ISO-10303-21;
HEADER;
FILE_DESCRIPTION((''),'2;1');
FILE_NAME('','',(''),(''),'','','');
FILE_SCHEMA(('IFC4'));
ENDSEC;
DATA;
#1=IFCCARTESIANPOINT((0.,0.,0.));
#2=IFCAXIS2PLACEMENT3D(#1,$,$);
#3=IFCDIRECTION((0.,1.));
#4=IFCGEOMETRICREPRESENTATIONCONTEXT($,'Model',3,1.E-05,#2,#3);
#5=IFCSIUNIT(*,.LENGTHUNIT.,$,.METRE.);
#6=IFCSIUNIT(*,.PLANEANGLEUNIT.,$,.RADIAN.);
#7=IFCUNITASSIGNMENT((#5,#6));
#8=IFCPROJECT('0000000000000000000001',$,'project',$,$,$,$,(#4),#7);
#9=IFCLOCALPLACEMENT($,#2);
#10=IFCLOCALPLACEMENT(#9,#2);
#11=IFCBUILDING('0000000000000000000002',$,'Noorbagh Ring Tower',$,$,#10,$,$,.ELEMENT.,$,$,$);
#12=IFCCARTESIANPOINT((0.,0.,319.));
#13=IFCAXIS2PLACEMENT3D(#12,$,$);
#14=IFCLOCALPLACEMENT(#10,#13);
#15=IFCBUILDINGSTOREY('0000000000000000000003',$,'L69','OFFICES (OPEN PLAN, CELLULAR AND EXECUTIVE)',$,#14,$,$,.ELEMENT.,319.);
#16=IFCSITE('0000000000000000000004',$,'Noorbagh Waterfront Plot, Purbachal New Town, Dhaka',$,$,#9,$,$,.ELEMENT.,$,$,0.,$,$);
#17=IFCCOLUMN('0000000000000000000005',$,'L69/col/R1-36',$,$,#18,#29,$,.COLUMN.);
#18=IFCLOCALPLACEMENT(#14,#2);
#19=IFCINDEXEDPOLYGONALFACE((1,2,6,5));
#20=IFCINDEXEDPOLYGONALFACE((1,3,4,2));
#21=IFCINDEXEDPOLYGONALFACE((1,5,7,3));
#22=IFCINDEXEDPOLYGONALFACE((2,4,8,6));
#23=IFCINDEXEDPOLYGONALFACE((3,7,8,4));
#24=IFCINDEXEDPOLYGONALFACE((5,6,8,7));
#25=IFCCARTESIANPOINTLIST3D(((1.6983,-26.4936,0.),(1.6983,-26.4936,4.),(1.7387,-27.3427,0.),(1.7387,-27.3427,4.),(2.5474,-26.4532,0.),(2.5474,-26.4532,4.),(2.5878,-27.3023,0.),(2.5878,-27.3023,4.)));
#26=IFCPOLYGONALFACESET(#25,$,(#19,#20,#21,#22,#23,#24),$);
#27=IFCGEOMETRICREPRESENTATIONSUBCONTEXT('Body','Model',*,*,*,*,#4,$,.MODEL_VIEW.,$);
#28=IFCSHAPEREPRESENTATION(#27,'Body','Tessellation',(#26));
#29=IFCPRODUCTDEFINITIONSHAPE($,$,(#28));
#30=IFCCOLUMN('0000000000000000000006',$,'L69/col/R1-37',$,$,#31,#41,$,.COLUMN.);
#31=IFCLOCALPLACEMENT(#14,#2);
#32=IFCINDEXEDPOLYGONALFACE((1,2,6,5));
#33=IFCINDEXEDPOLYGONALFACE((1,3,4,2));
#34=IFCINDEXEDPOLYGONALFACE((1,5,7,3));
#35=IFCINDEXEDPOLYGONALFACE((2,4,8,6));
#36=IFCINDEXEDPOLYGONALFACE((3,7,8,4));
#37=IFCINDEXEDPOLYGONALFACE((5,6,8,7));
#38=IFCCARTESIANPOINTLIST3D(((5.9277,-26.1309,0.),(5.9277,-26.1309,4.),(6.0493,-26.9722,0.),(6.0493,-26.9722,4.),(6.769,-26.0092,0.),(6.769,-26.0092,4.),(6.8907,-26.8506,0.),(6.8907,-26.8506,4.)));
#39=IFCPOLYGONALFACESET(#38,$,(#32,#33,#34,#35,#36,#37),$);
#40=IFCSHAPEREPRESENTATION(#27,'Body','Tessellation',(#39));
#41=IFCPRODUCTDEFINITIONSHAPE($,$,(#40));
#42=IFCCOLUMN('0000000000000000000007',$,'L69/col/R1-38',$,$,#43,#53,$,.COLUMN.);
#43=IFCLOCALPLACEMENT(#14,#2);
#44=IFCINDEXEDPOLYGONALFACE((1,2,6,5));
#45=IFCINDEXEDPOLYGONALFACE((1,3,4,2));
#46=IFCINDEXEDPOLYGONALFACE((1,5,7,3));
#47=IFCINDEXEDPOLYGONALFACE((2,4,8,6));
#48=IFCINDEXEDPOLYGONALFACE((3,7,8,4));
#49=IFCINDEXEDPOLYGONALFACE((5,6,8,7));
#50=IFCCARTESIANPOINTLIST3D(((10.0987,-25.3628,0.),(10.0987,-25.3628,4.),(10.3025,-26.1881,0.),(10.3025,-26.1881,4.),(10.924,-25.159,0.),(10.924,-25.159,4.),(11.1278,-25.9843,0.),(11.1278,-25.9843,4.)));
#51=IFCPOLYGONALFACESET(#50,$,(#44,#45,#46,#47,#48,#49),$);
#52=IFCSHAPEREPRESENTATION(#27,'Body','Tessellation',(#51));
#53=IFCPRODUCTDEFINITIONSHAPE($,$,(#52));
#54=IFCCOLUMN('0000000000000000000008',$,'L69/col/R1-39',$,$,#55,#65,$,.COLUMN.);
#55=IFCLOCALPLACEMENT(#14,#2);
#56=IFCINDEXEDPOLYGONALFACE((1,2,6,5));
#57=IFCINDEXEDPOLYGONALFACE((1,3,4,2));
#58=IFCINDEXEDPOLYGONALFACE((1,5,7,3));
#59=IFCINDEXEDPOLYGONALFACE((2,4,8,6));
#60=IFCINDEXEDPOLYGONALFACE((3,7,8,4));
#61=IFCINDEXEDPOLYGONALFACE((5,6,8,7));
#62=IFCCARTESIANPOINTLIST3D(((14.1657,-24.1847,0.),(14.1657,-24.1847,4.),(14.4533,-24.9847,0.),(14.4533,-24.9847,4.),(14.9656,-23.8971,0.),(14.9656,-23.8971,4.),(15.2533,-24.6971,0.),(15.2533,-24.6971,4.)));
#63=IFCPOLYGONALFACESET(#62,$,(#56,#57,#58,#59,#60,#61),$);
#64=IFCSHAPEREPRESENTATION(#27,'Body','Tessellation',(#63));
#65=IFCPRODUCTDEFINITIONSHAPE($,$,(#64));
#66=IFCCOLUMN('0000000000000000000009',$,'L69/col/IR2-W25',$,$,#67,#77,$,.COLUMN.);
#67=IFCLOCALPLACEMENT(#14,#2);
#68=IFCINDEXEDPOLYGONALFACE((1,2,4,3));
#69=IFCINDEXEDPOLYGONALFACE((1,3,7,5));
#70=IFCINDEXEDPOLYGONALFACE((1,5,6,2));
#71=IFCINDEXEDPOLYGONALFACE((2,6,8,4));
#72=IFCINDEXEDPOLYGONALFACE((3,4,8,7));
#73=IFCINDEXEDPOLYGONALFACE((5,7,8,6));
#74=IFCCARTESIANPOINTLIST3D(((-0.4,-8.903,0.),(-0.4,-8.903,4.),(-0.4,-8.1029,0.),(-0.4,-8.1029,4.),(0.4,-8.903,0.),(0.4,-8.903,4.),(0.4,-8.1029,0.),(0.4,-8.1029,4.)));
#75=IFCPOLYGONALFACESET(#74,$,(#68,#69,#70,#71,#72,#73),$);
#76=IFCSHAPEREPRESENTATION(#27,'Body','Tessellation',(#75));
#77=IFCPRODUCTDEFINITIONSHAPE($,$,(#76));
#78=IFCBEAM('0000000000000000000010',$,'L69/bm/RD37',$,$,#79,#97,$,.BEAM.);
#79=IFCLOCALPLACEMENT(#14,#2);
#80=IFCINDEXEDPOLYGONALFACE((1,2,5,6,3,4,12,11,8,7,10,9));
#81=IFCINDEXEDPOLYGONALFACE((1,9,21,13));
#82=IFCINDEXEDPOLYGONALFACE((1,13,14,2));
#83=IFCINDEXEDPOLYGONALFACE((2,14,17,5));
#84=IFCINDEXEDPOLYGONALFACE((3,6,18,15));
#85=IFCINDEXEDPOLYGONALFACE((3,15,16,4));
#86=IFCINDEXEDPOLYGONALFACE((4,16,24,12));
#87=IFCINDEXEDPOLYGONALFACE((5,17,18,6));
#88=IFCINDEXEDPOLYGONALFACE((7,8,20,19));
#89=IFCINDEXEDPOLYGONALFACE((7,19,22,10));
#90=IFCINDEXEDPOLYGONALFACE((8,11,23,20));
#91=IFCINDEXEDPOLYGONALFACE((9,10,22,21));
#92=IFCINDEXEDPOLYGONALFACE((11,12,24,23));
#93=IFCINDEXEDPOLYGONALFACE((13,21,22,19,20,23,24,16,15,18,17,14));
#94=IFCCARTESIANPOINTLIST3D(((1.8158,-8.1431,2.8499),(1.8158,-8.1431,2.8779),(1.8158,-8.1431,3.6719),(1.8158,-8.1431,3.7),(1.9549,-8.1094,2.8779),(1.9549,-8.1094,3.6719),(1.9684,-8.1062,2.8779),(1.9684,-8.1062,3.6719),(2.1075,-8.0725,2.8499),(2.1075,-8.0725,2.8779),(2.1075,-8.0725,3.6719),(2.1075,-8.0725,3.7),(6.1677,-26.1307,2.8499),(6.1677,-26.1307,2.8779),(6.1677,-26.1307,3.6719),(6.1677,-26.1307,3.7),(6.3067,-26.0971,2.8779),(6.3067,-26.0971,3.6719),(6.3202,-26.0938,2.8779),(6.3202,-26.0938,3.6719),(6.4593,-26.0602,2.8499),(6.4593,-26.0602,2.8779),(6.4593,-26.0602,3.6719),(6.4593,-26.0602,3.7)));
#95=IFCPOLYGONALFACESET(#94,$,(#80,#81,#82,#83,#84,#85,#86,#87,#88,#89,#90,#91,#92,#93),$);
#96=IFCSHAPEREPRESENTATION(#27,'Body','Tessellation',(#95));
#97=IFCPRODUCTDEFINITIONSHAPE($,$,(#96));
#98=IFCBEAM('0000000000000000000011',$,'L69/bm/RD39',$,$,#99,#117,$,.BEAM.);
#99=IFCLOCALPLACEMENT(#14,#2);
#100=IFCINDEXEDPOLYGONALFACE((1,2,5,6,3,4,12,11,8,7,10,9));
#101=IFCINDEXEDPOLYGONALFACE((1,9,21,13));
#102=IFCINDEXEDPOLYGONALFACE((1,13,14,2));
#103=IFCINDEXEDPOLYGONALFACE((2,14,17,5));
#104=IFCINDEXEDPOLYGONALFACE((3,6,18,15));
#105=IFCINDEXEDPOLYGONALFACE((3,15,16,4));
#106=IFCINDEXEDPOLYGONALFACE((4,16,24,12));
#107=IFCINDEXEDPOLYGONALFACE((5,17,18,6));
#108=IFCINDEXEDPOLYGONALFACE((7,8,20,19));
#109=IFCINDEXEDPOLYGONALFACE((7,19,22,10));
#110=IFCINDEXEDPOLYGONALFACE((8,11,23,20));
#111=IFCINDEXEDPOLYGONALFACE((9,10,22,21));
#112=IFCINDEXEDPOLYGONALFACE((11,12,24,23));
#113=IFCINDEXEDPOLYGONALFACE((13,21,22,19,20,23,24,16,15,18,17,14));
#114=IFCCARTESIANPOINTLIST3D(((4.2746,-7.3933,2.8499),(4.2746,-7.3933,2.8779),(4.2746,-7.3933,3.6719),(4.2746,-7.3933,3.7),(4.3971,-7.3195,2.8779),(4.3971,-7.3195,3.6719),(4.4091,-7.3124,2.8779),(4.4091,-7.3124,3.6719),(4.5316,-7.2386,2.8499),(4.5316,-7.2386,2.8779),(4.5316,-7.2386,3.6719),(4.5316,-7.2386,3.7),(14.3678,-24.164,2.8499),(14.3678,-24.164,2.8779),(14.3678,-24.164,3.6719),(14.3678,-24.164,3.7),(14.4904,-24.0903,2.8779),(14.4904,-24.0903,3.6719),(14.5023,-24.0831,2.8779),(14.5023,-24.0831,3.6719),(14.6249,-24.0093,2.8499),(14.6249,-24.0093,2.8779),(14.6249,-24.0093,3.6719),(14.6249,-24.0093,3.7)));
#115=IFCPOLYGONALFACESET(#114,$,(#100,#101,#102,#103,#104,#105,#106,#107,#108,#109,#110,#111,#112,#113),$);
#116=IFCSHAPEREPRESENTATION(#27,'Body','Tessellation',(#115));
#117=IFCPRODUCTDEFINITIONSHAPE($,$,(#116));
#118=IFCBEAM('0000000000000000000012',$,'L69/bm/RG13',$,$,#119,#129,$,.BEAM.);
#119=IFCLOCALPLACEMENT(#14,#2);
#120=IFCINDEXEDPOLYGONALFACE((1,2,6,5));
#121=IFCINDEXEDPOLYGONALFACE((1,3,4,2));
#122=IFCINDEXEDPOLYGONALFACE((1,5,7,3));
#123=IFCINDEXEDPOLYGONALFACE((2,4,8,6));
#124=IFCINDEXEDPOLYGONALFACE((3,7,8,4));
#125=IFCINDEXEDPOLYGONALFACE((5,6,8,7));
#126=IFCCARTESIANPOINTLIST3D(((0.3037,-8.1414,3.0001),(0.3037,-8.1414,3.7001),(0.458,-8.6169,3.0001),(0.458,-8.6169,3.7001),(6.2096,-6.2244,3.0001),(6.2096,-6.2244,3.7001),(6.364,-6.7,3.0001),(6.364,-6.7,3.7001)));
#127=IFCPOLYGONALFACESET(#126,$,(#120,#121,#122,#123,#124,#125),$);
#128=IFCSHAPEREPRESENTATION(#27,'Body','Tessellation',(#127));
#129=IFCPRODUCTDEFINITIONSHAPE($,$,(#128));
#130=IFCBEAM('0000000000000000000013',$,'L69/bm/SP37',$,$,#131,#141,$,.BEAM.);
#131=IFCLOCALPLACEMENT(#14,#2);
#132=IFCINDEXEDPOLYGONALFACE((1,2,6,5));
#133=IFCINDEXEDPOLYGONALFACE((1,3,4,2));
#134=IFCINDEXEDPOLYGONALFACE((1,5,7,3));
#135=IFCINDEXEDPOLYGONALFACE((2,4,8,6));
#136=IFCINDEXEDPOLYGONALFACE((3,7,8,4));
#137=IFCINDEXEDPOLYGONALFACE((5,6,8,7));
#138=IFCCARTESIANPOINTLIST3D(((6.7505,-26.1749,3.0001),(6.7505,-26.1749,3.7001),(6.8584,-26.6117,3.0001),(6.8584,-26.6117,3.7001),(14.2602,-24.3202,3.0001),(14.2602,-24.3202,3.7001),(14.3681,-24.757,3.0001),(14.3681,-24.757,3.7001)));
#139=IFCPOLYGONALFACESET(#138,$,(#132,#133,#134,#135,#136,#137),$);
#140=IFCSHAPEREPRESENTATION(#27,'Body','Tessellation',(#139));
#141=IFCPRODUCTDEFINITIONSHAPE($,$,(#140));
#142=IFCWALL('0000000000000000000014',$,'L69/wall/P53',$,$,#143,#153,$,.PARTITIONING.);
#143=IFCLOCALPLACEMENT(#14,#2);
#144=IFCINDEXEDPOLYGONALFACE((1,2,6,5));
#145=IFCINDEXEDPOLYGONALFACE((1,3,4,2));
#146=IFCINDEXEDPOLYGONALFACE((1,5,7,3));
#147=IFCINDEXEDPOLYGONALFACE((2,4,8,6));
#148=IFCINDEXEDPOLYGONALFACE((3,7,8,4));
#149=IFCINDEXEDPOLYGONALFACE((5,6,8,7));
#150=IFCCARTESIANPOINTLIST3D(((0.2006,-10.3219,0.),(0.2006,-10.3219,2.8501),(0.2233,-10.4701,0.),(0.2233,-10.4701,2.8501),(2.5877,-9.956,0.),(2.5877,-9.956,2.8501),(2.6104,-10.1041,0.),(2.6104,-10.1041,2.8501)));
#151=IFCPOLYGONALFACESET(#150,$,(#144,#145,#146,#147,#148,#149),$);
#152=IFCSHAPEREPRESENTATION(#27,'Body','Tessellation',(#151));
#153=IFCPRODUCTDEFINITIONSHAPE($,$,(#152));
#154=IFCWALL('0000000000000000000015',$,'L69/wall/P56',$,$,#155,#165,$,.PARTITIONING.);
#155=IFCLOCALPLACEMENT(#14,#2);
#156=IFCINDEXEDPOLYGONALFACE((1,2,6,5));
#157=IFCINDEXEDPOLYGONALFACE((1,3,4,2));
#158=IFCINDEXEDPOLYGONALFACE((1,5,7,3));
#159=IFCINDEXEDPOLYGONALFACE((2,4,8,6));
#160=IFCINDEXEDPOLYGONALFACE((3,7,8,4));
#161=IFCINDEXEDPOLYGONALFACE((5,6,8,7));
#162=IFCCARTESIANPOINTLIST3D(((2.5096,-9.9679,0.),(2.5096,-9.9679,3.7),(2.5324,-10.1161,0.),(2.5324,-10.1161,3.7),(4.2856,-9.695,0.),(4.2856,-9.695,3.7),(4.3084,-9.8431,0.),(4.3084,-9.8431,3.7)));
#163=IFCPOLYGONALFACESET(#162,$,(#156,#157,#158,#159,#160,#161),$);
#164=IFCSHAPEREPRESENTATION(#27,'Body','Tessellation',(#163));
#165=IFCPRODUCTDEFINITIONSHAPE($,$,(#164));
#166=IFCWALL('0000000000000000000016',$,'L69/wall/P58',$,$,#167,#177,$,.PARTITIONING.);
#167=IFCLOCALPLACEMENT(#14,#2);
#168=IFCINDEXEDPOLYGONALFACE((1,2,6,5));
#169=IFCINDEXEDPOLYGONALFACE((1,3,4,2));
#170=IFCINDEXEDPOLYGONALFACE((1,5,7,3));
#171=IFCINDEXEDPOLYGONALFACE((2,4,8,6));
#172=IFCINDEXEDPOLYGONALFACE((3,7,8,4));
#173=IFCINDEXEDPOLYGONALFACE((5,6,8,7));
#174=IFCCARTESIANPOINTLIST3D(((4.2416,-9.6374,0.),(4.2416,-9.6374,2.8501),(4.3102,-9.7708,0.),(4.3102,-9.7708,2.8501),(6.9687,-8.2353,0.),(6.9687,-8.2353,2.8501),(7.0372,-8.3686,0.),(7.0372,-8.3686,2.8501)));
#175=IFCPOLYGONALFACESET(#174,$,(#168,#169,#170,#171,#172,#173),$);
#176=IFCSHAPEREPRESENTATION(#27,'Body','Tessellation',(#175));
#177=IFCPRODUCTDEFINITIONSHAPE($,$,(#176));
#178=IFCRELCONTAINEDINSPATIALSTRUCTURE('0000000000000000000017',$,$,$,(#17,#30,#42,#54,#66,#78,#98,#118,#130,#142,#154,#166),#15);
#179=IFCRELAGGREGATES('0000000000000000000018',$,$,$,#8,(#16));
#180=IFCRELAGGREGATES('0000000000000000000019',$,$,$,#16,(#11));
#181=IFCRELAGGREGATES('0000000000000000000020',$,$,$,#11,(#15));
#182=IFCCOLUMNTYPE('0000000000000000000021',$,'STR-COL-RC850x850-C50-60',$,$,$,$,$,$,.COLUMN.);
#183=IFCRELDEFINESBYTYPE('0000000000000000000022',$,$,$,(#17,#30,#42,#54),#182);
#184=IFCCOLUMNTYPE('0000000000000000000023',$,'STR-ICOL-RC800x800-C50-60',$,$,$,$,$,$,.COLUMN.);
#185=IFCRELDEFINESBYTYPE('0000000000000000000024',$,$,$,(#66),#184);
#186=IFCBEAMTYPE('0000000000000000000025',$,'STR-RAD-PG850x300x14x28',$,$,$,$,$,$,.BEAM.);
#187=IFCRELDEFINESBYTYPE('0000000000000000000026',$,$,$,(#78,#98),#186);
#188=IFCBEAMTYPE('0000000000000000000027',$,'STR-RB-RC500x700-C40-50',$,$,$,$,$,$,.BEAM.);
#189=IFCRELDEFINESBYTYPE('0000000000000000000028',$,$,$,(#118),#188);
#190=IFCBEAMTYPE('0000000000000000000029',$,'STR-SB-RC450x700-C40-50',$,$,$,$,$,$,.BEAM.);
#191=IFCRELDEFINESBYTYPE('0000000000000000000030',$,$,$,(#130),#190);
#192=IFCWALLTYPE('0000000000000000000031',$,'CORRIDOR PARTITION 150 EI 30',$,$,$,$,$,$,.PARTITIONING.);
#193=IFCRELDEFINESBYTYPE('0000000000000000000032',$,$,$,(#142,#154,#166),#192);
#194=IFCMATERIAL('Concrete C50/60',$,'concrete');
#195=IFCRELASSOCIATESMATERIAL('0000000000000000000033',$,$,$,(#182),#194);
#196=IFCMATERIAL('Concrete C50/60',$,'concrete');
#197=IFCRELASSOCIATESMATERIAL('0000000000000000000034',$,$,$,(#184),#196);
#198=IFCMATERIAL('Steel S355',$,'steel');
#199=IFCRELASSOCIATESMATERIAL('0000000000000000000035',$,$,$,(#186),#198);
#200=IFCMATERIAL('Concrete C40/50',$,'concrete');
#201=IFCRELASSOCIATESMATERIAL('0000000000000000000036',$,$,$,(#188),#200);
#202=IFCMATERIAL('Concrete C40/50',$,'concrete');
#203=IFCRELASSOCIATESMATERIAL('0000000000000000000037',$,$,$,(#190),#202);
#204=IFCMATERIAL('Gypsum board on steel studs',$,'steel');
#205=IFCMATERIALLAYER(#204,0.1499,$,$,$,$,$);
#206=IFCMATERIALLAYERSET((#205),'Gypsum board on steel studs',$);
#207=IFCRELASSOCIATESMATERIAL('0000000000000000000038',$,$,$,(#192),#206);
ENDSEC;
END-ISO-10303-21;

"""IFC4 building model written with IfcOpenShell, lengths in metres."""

from ifc_helpers import new_model, si_unit, direction, frame, frame_2d, origin, origin_2d, place, context, subcontext, project, spatial, rectangle, i_section, extrude, material, layer, layer_set, material_profile, profile_set, type_object, element, save


model = new_model("IFC4")

# Units and contexts
model_context = context("Model", 3, precision=1e-05, world=origin(), true_north=direction((0.0, 1.0)))
body_context = subcontext(model_context, "Body", "Model", "MODEL_VIEW")
ifc_project = project(units=[si_unit("LENGTHUNIT", "METRE"), si_unit("PLANEANGLEUNIT", "RADIAN")], contexts=[model_context])

# Site, building, storey
site_placement = place(None, origin())
site = spatial("IfcSite", under=ifc_project, at=site_placement, Name="Noorbagh Waterfront Plot, Purbachal New Town, Dhaka", CompositionType="ELEMENT", RefElevation=0.0)
building_placement = place(site_placement, origin())
building = spatial("IfcBuilding", under=site, at=building_placement, Name="Noorbagh Ring Tower", CompositionType="ELEMENT")
storey_placement = place(building_placement, frame((0.0, 0.0, 319.0)))
storey = spatial("IfcBuildingStorey", under=building, at=storey_placement, Name="L69", Description="OFFICES (OPEN PLAN, CELLULAR AND EXECUTIVE)", CompositionType="ELEMENT", Elevation=319.0)

# Columns
ifc_material_1 = material(Name="Concrete C50/60", Category="concrete")
ifc_material_profile_1 = material_profile(ifc_material_1, rectangle(XDim=0.8501, YDim=0.8501, at=origin_2d()), Name="RC850x850")
ifc_profile_set_1 = profile_set([ifc_material_profile_1], Name="Concrete C50/60")
column_type_1 = type_object("IfcColumnType", Name="STR-COL-RC850x850-C50-60", PredefinedType="COLUMN", material=ifc_profile_set_1)
for number, where, z_axis, x_axis, name in (
    (1, (2.1431, -26.8979, 0.0), (0.0, 0.0, 1.0), (0.998869, 0.047553, 0.0), "L69/col/R1-36"),
    (2, (6.4092, -26.4907, 0.0), (0.0, 0.0, 1.0), (0.989713, 0.143066, 0.0), "L69/col/R1-37"),
    (3, (10.6133, -25.6736, 0.0), (0.0, 0.0, 1.0), (0.970829, 0.239771, 0.0), "L69/col/R1-38"),
    (4, (14.7095, -24.4409, 0.0), (0.0, 0.0, 1.0), (0.941025, 0.338338, 0.0), "L69/col/R1-39"),
):
    element("IfcColumn", number, at=place(storey_placement, frame(where, z_axis=z_axis, x_axis=x_axis)), inside=storey, type_object=column_type_1, Name=name, PredefinedType="COLUMN", context=body_context, shape_type="SweptSolid", body=[
        extrude(rectangle(XDim=0.8501, YDim=0.8501, at=origin_2d()), origin(), (0.0, 0.0, 1.0), 4.0),
    ])
ifc_material_2 = material(Name="Concrete C50/60", Category="concrete")
ifc_material_profile_2 = material_profile(ifc_material_2, rectangle(XDim=0.8, YDim=0.8, at=origin_2d()), Name="RC800x800")
ifc_profile_set_2 = profile_set([ifc_material_profile_2], Name="Concrete C50/60")
column_type_2 = type_object("IfcColumnType", Name="STR-ICOL-RC800x800-C50-60", PredefinedType="COLUMN", material=ifc_profile_set_2)
column_placement = place(storey_placement, frame((0.0, -8.5029, 0.0), z_axis=(0.0, 0.0, 1.0), x_axis=(1.0, 0.0, 0.0)))
element("IfcColumn", 5, at=column_placement, inside=storey, type_object=column_type_2, Name="L69/col/IR2-W25", PredefinedType="COLUMN", context=body_context, shape_type="SweptSolid", body=[
    extrude(rectangle(XDim=0.8, YDim=0.8, at=origin_2d()), origin(), (0.0, 0.0, 1.0), 4.0),
])

# Beams
ifc_material_3 = material(Name="Steel S355", Category="steel")
ifc_material_profile_3 = material_profile(ifc_material_3, i_section(OverallWidth=0.3, OverallDepth=0.8501, WebThickness=0.0139, FlangeThickness=0.0281, at=origin_2d()), Name="PG850x300x14x28")
ifc_profile_set_3 = profile_set([ifc_material_profile_3], Name="Steel S355")
beam_type_1 = type_object("IfcBeamType", Name="STR-RAD-PG850x300x14x28", PredefinedType="BEAM", material=ifc_profile_set_3)
beam_1_placement = place(storey_placement, frame((6.3135, -26.0955, 3.2749), z_axis=(-0.23515, 0.971959, 0.0), x_axis=(-0.971959, -0.23515, 0.0)))
element("IfcBeam", 6, at=beam_1_placement, inside=storey, type_object=beam_type_1, Name="L69/bm/RD37", PredefinedType="BEAM", context=body_context, shape_type="SweptSolid", body=[
    extrude(i_section(OverallWidth=0.3, OverallDepth=0.8501, WebThickness=0.0139, FlangeThickness=0.0281, at=origin_2d()), origin(), (0.0, 0.0, 1.0), 18.5066),
])
beam_2_placement = place(storey_placement, frame((14.4963, -24.0867, 3.2749), z_axis=(-0.515653, 0.856798, 0.0), x_axis=(-0.856798, -0.515653, 0.0)))
element("IfcBeam", 7, at=beam_2_placement, inside=storey, type_object=beam_type_1, Name="L69/bm/RD39", PredefinedType="BEAM", context=body_context, shape_type="SweptSolid", body=[
    extrude(i_section(OverallWidth=0.3, OverallDepth=0.8501, WebThickness=0.0139, FlangeThickness=0.0281, at=origin_2d()), origin(), (0.0, 0.0, 1.0), 19.5737),
])
ifc_material_4 = material(Name="Concrete C40/50", Category="concrete")
ifc_material_profile_4 = material_profile(ifc_material_4, rectangle(XDim=0.5, YDim=0.7, at=origin_2d()), Name="RC500x700")
ifc_profile_set_4 = profile_set([ifc_material_profile_4], Name="Concrete C40/50")
beam_type_2 = type_object("IfcBeamType", Name="STR-RB-RC500x700-C40-50", PredefinedType="BEAM", material=ifc_profile_set_4)
beam_3_placement = place(storey_placement, frame((0.3809, -8.3792, 3.3501), z_axis=(0.95115, 0.308728, 0.0), x_axis=(-0.308728, 0.95115, 0.0)))
element("IfcBeam", 8, at=beam_3_placement, inside=storey, type_object=beam_type_2, Name="L69/bm/RG13", PredefinedType="BEAM", context=body_context, shape_type="SweptSolid", body=[
    extrude(rectangle(XDim=0.5, YDim=0.7, at=origin_2d()), origin(), (0.0, 0.0, 1.0), 6.2092),
])
ifc_material_5 = material(Name="Concrete C40/50", Category="concrete")
ifc_material_profile_5 = material_profile(ifc_material_5, rectangle(XDim=0.45, YDim=0.7, at=origin_2d()), Name="RC450x700")
ifc_profile_set_5 = profile_set([ifc_material_profile_5], Name="Concrete C40/50")
beam_type_3 = type_object("IfcBeamType", Name="STR-SB-RC450x700-C40-50", PredefinedType="BEAM", material=ifc_profile_set_5)
beam_4_placement = place(storey_placement, frame((6.8044, -26.3933, 3.3501), z_axis=(0.970829, 0.239772, 0.0), x_axis=(-0.239772, 0.970829, 0.0)))
element("IfcBeam", 9, at=beam_4_placement, inside=storey, type_object=beam_type_3, Name="L69/bm/SP37", PredefinedType="BEAM", context=body_context, shape_type="SweptSolid", body=[
    extrude(rectangle(XDim=0.45, YDim=0.7, at=origin_2d()), origin(), (0.0, 0.0, 1.0), 7.7354),
])

# Walls
ifc_material_6 = material(Name="Gypsum board on steel studs", Category="steel")
ifc_layer_1 = layer(ifc_material_6, 0.1499)
ifc_layer_set_1 = layer_set([ifc_layer_1], Name="Gypsum board on steel studs")
wall_type_1 = type_object("IfcWallType", Name="CORRIDOR PARTITION 150 EI 30", PredefinedType="PARTITIONING", material=ifc_layer_set_1)
wall_1_placement = place(storey_placement, frame((0.2119, -10.396, 0.0), z_axis=(0.0, 0.0, 1.0), x_axis=(0.988452, 0.151533, 0.0)))
element("IfcWall", 10, at=wall_1_placement, inside=storey, type_object=wall_type_1, Name="L69/wall/P53", PredefinedType="PARTITIONING", context=body_context, shape_type="SweptSolid", body=[
    extrude(rectangle(XDim=2.415, YDim=0.1499, at=frame_2d((1.2075, 0.0))), origin(), (0.0, 0.0, 1.0), 2.8501),
])
wall_2_placement = place(storey_placement, frame((2.521, -10.042, 0.0), z_axis=(0.0, 0.0, 1.0), x_axis=(0.988397, 0.151894, 0.0)))
element("IfcWall", 11, at=wall_2_placement, inside=storey, type_object=wall_type_1, Name="L69/wall/P56", PredefinedType="PARTITIONING", context=body_context, shape_type="SweptSolid", body=[
    extrude(rectangle(XDim=1.7969, YDim=0.1499, at=frame_2d((0.8984, 0.0))), origin(), (0.0, 0.0, 1.0), 3.7),
])
wall_3_placement = place(storey_placement, frame((4.2759, -9.7041, 0.0), z_axis=(0.0, 0.0, 1.0), x_axis=(0.889339, 0.457249, 0.0)))
element("IfcWall", 12, at=wall_3_placement, inside=storey, type_object=wall_type_1, Name="L69/wall/P58", PredefinedType="PARTITIONING", context=body_context, shape_type="SweptSolid", body=[
    extrude(rectangle(XDim=3.0664, YDim=0.1499, at=frame_2d((1.5332, 0.0))), origin(), (0.0, 0.0, 1.0), 2.8501),
])

save(model, "model.ifc")
